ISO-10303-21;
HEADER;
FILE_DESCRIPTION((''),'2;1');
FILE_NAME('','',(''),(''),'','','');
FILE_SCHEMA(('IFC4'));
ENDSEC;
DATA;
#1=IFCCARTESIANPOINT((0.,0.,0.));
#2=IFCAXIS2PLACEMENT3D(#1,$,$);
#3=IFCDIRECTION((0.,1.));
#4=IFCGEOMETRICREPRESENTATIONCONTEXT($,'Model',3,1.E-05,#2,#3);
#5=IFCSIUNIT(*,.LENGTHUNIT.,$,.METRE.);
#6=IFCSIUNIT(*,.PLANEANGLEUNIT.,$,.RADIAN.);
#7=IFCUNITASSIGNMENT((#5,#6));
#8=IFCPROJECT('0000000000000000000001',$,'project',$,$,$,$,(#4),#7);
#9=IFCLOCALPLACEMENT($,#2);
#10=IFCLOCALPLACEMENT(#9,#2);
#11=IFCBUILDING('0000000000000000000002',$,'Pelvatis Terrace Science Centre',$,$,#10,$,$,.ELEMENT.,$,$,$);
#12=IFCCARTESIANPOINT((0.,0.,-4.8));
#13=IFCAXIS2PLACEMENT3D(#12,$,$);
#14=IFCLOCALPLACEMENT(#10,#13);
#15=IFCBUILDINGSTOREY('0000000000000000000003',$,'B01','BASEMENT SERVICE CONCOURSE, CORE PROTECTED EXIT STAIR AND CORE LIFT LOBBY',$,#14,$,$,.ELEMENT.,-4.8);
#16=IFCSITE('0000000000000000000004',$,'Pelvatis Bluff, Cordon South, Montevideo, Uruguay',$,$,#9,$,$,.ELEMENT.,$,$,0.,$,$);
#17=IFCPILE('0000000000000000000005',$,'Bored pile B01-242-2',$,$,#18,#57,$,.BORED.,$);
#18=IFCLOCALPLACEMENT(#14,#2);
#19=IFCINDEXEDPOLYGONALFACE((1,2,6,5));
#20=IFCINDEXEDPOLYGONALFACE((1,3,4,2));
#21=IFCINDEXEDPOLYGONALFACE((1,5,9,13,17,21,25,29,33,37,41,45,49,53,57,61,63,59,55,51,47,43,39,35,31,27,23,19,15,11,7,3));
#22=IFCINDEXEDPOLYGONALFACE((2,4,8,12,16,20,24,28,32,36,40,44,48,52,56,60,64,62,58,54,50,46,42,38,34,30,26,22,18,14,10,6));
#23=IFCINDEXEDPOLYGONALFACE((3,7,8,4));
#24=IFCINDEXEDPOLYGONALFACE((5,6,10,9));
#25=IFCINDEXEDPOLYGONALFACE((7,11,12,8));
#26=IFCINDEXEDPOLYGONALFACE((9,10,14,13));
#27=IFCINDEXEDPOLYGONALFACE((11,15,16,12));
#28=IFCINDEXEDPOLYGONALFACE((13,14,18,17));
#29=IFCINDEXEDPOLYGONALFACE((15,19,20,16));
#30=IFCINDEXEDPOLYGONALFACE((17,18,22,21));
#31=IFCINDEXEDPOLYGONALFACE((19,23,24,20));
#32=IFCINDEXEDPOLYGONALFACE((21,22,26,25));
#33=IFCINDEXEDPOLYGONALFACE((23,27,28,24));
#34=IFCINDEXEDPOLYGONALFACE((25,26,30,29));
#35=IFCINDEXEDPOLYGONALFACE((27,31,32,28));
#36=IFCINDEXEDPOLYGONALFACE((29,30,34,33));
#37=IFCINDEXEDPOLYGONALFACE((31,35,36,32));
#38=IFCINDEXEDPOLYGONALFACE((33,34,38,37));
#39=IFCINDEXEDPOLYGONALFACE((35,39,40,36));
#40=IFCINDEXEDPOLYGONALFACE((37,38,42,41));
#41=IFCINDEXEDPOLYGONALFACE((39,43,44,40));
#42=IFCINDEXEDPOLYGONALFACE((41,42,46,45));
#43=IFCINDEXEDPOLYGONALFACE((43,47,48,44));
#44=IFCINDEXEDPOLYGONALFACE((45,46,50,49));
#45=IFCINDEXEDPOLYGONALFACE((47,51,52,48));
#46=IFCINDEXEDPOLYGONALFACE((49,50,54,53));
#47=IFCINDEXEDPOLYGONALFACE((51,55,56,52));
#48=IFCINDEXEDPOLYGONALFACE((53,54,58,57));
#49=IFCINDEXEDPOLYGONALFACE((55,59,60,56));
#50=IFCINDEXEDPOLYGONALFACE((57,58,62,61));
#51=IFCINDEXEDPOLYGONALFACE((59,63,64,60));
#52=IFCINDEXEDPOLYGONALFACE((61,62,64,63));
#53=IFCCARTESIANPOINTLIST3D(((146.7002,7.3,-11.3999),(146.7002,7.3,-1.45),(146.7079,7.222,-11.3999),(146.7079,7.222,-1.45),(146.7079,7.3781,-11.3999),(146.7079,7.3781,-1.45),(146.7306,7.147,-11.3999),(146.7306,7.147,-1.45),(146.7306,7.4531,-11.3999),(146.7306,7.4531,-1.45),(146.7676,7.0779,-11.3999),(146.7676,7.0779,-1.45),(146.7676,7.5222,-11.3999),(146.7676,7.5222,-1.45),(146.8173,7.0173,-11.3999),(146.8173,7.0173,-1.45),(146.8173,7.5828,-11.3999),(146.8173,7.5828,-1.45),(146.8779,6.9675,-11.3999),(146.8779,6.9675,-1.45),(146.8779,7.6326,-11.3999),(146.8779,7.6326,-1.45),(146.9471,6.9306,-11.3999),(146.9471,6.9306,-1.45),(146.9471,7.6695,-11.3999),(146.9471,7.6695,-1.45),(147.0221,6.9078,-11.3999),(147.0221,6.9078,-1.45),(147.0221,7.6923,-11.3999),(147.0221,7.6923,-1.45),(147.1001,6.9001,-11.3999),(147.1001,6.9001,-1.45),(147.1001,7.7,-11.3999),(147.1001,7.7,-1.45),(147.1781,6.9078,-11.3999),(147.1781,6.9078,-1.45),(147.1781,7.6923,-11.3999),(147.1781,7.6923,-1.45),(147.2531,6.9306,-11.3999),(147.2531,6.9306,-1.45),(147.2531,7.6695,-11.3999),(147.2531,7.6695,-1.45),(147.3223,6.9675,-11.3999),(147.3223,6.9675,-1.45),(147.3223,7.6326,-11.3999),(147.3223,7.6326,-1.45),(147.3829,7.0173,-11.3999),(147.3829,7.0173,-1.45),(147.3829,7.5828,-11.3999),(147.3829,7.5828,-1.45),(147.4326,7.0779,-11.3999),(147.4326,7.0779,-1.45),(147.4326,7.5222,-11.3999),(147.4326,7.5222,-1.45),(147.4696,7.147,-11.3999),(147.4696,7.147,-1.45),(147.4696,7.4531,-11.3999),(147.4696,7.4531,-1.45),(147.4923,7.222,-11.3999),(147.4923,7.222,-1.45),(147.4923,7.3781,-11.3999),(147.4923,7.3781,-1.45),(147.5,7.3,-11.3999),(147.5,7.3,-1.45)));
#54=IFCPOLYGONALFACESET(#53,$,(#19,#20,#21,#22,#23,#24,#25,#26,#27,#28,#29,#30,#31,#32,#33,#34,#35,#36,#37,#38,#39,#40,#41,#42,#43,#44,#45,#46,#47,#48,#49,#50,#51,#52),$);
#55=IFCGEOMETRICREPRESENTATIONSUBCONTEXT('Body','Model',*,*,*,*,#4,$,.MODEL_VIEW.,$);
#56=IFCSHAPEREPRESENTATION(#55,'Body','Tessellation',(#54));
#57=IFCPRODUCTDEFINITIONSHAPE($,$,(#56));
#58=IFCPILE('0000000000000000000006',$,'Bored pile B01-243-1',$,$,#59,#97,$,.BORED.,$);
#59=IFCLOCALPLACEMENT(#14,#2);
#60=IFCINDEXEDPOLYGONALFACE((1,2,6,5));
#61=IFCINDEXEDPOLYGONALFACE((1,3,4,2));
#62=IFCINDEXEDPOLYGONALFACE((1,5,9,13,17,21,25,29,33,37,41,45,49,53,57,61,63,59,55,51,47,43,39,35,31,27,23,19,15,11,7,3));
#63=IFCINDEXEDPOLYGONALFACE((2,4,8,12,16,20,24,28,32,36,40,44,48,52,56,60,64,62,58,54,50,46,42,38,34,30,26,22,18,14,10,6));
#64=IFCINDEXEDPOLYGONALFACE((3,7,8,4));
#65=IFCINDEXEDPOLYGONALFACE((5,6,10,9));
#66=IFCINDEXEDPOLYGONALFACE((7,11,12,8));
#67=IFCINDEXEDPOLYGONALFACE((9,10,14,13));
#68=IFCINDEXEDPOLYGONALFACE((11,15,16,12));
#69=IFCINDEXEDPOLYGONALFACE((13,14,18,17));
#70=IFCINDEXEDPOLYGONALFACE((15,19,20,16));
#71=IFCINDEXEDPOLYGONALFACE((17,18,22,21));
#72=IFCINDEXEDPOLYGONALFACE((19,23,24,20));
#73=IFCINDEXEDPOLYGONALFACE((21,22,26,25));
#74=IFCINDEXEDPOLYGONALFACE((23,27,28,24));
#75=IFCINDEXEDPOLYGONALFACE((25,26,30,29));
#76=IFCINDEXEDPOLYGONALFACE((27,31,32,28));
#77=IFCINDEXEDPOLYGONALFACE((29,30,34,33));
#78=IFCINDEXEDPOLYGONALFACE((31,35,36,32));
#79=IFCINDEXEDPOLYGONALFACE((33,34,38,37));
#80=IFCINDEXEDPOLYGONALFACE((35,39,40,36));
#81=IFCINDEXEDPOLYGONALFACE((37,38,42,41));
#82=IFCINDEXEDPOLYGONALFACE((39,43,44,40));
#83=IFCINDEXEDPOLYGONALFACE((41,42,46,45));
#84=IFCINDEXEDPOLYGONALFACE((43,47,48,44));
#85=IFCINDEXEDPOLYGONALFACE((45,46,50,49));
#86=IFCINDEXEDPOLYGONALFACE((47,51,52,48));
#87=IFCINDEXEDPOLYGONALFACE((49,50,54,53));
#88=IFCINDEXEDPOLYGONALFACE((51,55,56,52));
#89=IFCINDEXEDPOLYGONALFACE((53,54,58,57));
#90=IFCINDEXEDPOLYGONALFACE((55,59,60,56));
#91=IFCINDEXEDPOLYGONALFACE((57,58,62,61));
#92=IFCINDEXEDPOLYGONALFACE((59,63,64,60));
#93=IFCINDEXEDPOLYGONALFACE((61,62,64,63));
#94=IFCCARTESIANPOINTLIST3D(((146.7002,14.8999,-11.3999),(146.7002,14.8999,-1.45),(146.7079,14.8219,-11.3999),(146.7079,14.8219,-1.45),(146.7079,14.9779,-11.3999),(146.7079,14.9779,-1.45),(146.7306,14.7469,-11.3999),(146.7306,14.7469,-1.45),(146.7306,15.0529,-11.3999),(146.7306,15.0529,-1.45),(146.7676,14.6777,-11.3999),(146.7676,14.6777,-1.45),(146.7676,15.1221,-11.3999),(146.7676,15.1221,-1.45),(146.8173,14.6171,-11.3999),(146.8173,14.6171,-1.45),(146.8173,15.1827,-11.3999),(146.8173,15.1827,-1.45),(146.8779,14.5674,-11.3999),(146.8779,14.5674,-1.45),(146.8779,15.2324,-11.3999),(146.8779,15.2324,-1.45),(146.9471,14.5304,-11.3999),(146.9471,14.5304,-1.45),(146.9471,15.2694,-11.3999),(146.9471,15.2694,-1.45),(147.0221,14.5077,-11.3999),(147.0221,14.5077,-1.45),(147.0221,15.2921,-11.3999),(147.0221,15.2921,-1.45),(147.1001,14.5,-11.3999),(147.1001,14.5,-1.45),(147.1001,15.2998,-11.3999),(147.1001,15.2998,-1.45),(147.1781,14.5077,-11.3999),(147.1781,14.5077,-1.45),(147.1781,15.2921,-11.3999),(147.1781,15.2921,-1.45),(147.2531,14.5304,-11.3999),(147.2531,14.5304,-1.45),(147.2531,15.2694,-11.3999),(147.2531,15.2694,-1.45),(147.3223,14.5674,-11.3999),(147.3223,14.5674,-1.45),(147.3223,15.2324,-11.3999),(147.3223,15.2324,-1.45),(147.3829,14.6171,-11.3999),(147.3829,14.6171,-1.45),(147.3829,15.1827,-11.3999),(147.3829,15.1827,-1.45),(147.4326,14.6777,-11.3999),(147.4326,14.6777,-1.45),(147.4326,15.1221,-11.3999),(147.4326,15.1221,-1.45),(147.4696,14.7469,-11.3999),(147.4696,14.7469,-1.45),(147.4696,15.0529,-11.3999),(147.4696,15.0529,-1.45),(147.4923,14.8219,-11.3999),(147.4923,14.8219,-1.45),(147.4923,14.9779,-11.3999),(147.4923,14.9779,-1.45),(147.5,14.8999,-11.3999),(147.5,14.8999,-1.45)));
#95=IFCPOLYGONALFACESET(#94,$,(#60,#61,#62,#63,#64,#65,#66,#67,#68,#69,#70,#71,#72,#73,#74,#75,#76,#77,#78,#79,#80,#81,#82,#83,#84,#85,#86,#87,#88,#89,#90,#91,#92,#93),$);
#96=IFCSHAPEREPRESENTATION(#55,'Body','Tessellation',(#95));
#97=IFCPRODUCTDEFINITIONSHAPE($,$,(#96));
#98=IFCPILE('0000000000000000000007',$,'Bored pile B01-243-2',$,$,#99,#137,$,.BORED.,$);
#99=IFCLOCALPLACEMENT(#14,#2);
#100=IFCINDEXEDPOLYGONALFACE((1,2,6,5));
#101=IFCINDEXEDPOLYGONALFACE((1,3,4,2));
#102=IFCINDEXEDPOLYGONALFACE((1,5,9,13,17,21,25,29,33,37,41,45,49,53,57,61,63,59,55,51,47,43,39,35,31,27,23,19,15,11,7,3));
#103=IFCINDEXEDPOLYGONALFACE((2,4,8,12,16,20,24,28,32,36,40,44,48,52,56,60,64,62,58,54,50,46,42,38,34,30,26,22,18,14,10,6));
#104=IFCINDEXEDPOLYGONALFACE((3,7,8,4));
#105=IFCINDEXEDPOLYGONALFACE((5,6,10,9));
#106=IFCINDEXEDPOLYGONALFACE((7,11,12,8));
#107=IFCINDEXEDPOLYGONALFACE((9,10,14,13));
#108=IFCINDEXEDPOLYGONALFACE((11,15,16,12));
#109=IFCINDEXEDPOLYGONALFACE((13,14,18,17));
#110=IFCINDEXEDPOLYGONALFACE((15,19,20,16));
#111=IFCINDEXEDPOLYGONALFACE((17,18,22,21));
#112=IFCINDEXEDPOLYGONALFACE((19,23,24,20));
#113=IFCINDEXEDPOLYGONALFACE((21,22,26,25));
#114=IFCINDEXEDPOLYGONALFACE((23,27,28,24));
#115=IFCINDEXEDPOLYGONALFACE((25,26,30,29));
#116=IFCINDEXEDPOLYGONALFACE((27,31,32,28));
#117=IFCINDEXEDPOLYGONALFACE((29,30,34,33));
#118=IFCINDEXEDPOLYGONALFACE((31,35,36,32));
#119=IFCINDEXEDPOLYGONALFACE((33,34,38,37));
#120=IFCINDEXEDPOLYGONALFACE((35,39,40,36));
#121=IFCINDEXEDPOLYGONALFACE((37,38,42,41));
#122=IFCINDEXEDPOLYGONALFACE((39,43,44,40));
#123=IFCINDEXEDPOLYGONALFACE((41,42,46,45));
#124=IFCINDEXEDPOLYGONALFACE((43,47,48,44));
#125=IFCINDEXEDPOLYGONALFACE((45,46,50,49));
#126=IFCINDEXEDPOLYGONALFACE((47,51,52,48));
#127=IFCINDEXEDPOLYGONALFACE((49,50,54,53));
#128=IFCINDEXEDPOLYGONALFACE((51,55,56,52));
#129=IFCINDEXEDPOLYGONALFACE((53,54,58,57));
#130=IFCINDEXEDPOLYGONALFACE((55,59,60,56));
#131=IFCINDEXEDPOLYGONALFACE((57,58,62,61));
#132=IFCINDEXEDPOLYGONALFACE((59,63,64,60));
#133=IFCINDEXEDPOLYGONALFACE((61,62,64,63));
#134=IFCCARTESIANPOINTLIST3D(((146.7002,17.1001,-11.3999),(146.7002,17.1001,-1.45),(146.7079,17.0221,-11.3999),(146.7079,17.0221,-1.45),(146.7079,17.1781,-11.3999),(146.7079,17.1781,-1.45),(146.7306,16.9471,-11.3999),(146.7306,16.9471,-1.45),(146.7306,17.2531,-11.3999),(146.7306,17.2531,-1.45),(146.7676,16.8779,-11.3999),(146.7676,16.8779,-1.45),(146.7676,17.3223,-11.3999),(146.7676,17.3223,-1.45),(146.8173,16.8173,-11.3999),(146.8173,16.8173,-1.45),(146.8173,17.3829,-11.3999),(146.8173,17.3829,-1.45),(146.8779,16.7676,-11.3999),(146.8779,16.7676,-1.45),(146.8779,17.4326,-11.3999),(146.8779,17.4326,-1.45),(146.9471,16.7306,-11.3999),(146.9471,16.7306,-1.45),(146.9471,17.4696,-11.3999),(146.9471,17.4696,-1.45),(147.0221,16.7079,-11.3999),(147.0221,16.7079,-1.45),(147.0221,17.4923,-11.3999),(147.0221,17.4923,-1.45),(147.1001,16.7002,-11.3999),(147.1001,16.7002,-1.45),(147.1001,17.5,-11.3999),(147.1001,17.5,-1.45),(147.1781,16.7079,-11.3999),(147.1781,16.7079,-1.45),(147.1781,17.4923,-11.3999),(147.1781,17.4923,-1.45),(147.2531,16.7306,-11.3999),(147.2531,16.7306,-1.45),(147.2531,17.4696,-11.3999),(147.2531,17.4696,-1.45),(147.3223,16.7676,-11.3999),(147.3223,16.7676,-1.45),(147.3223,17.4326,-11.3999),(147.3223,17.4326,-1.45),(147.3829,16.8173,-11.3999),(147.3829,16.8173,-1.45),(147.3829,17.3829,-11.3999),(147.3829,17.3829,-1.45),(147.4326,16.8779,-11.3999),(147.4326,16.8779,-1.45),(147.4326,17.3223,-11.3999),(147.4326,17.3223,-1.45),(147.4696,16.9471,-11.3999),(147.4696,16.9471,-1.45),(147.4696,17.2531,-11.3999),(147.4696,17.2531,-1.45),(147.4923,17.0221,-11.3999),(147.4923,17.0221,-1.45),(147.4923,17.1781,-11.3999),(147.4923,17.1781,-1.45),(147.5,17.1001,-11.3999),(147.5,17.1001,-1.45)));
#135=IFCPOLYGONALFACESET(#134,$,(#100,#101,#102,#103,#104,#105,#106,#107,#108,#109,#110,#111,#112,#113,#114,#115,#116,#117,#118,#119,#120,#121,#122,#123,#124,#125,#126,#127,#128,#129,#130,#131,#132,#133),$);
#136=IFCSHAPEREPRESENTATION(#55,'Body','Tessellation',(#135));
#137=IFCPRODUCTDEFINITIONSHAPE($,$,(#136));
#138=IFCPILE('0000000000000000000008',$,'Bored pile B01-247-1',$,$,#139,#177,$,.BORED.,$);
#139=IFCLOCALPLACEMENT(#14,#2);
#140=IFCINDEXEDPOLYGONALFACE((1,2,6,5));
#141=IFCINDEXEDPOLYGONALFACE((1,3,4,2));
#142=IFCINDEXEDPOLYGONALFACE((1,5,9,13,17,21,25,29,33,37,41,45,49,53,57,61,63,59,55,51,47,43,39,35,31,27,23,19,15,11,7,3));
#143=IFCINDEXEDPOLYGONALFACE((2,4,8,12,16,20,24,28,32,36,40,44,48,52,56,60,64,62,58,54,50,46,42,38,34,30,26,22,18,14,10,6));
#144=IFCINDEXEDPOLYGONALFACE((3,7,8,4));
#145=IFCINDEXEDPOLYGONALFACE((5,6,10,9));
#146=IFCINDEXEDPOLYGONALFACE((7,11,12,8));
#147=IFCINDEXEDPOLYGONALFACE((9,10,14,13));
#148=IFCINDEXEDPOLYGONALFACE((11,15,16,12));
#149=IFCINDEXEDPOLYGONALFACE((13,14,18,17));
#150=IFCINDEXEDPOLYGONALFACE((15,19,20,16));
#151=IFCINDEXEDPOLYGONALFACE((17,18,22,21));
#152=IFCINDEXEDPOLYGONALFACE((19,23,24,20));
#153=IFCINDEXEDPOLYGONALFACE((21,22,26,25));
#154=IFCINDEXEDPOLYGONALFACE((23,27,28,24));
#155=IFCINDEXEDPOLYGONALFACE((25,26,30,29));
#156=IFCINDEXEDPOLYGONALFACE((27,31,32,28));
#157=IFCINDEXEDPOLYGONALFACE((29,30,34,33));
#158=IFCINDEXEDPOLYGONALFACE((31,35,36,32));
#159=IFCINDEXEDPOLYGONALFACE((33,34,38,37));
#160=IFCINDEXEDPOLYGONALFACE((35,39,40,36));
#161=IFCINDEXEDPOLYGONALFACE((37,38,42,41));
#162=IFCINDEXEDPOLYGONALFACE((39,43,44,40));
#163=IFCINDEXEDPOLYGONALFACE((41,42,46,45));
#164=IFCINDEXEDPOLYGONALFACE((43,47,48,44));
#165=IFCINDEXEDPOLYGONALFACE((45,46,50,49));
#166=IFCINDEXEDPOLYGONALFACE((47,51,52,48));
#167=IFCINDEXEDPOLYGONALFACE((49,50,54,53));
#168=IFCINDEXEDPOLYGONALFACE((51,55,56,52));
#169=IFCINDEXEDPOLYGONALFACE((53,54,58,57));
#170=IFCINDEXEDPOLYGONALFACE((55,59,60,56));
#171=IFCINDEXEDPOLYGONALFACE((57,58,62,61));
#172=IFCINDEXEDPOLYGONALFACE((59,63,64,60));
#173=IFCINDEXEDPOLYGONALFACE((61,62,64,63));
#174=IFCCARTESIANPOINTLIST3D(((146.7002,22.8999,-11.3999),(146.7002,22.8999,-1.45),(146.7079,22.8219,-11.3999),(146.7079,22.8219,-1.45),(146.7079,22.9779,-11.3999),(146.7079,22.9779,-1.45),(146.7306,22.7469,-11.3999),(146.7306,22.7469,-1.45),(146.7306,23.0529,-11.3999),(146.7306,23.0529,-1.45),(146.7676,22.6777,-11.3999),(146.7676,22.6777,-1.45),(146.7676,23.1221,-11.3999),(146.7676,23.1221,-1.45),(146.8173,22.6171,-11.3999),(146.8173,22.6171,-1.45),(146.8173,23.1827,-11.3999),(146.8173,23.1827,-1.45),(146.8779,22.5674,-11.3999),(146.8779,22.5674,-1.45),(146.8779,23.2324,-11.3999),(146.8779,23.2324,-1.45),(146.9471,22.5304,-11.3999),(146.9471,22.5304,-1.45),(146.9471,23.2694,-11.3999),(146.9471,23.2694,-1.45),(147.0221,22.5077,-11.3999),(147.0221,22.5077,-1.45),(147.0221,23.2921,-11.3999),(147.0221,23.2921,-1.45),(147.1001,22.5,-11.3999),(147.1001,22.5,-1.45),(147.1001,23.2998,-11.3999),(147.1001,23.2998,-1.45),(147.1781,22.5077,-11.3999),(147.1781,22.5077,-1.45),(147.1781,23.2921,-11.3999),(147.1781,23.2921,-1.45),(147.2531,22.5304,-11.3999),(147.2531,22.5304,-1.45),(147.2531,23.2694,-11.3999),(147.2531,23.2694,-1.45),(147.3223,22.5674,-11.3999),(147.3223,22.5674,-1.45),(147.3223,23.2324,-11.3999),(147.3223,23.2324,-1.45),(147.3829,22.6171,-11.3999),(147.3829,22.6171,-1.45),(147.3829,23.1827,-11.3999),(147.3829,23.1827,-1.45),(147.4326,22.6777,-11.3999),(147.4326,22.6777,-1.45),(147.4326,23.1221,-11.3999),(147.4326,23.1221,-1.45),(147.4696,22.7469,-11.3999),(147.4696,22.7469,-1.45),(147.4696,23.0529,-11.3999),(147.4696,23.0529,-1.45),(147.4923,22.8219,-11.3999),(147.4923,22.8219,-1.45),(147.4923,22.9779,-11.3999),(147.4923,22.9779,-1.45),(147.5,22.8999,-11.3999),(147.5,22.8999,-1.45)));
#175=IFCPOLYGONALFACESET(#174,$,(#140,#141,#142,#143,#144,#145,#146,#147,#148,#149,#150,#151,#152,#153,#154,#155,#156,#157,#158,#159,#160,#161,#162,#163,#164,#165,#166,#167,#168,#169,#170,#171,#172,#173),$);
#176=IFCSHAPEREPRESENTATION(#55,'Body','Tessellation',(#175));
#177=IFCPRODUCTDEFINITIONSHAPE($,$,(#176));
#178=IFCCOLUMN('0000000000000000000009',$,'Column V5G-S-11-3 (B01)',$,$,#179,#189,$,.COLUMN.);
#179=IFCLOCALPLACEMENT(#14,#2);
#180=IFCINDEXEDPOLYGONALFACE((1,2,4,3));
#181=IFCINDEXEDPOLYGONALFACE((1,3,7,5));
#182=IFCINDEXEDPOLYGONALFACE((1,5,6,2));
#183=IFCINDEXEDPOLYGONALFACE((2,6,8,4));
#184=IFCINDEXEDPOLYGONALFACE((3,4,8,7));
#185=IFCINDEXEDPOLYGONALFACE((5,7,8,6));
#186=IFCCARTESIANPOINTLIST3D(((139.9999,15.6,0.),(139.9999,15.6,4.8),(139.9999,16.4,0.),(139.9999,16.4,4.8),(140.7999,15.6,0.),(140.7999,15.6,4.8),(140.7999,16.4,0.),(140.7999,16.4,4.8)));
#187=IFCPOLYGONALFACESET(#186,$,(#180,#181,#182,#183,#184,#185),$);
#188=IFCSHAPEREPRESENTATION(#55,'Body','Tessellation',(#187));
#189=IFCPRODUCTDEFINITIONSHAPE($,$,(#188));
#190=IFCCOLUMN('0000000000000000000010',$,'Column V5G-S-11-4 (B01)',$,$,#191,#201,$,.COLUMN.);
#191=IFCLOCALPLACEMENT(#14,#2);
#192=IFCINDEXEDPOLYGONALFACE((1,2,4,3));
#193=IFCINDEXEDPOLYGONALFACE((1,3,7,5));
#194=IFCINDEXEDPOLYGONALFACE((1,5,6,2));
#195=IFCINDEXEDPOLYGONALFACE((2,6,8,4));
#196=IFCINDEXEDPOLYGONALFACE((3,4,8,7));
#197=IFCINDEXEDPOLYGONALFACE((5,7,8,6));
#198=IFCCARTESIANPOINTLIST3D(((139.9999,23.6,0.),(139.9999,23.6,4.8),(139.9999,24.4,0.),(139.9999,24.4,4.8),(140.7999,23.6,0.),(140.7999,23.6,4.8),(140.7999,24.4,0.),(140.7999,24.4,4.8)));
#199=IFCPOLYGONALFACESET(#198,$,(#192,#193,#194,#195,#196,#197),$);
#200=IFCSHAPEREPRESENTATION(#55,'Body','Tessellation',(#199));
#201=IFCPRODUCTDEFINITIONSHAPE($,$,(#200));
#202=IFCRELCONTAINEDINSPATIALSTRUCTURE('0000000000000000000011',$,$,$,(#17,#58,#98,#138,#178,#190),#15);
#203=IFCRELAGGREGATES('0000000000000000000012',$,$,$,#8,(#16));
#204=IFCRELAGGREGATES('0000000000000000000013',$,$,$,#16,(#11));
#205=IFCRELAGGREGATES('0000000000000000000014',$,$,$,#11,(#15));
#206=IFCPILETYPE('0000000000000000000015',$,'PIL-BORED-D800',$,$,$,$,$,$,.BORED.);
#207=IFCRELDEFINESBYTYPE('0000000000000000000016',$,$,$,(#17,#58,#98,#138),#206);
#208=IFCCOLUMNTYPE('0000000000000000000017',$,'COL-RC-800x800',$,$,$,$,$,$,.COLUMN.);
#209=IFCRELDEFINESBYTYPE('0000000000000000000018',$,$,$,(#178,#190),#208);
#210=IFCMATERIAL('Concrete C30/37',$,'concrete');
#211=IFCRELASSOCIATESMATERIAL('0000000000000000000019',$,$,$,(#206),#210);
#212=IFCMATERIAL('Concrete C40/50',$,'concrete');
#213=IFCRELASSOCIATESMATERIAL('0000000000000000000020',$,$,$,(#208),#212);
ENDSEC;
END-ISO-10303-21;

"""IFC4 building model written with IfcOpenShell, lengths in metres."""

from ifc_helpers import new_model, si_unit, direction, frame, origin, origin_2d, place, context, subcontext, project, spatial, rectangle, circle, extrude, material, material_profile, profile_set, type_object, element, save


model = new_model("IFC4")

# Units and contexts
model_context = context("Model", 3, precision=1e-05, world=origin(), true_north=direction((0.0, 1.0)))
body_context = subcontext(model_context, "Body", "Model", "MODEL_VIEW")
ifc_project = project(units=[si_unit("LENGTHUNIT", "METRE"), si_unit("PLANEANGLEUNIT", "RADIAN")], contexts=[model_context])

# Site, building, storey
site_placement = place(None, origin())
site = spatial("IfcSite", under=ifc_project, at=site_placement, Name="Pelvatis Bluff, Cordon South, Montevideo, Uruguay", CompositionType="ELEMENT", RefElevation=0.0)
building_placement = place(site_placement, origin())
building = spatial("IfcBuilding", under=site, at=building_placement, Name="Pelvatis Terrace Science Centre", CompositionType="ELEMENT")
storey_placement = place(building_placement, frame((0.0, 0.0, -4.8)))
storey = spatial("IfcBuildingStorey", under=building, at=storey_placement, Name="B01", Description="BASEMENT SERVICE CONCOURSE, CORE PROTECTED EXIT STAIR AND CORE LIFT LOBBY", CompositionType="ELEMENT", Elevation=-4.8)

# Piles
ifc_material_1 = material(Name="Concrete C30/37", Category="concrete")
ifc_material_profile_1 = material_profile(ifc_material_1, circle(Radius=0.3999, at=origin_2d()), Name="PILE D800")
ifc_profile_set_1 = profile_set([ifc_material_profile_1], Name="Concrete C30/37")
pile_type = type_object("IfcPileType", Name="PIL-BORED-D800", PredefinedType="BORED", material=ifc_profile_set_1)
for number, where, z_axis, x_axis, name in (
    (1, (147.1001, 7.3, -1.45), (0.0, 0.0, -1.0), (1.0, 0.0, 0.0), "Bored pile B01-242-2"),
    (2, (147.1001, 14.8999, -1.45), (0.0, 0.0, -1.0), (1.0, 0.0, 0.0), "Bored pile B01-243-1"),
    (3, (147.1001, 17.1001, -1.45), (0.0, 0.0, -1.0), (1.0, 0.0, 0.0), "Bored pile B01-243-2"),
    (4, (147.1001, 22.8999, -1.45), (0.0, 0.0, -1.0), (1.0, 0.0, 0.0), "Bored pile B01-247-1"),
):
    element("IfcPile", number, at=place(storey_placement, frame(where, z_axis=z_axis, x_axis=x_axis)), inside=storey, type_object=pile_type, Name=name, PredefinedType="BORED", context=body_context, shape_type="SweptSolid", body=[
        extrude(circle(Radius=0.3999, at=origin_2d()), origin(), (0.0, 0.0, 1.0), 9.95),
    ])

# Columns
ifc_material_2 = material(Name="Concrete C40/50", Category="concrete")
ifc_material_profile_2 = material_profile(ifc_material_2, rectangle(XDim=0.8, YDim=0.8, at=origin_2d()), Name="RC-COL 800x800")
ifc_profile_set_2 = profile_set([ifc_material_profile_2], Name="Concrete C40/50")
column_type = type_object("IfcColumnType", Name="COL-RC-800x800", PredefinedType="COLUMN", material=ifc_profile_set_2)
for number, where, z_axis, x_axis, name in (
    (5, (140.3999, 16.0, 0.0), (0.0, 0.0, 1.0), (1.0, 0.0, 0.0), "Column V5G-S-11-3 (B01)"),
    (6, (140.3999, 24.0, 0.0), (0.0, 0.0, 1.0), (1.0, 0.0, 0.0), "Column V5G-S-11-4 (B01)"),
):
    element("IfcColumn", number, at=place(storey_placement, frame(where, z_axis=z_axis, x_axis=x_axis)), inside=storey, type_object=column_type, Name=name, PredefinedType="COLUMN", context=body_context, shape_type="SweptSolid", body=[
        extrude(rectangle(XDim=0.8, YDim=0.8, at=origin_2d()), origin(), (0.0, 0.0, 1.0), 4.8),
    ])

save(model, "model.ifc")
